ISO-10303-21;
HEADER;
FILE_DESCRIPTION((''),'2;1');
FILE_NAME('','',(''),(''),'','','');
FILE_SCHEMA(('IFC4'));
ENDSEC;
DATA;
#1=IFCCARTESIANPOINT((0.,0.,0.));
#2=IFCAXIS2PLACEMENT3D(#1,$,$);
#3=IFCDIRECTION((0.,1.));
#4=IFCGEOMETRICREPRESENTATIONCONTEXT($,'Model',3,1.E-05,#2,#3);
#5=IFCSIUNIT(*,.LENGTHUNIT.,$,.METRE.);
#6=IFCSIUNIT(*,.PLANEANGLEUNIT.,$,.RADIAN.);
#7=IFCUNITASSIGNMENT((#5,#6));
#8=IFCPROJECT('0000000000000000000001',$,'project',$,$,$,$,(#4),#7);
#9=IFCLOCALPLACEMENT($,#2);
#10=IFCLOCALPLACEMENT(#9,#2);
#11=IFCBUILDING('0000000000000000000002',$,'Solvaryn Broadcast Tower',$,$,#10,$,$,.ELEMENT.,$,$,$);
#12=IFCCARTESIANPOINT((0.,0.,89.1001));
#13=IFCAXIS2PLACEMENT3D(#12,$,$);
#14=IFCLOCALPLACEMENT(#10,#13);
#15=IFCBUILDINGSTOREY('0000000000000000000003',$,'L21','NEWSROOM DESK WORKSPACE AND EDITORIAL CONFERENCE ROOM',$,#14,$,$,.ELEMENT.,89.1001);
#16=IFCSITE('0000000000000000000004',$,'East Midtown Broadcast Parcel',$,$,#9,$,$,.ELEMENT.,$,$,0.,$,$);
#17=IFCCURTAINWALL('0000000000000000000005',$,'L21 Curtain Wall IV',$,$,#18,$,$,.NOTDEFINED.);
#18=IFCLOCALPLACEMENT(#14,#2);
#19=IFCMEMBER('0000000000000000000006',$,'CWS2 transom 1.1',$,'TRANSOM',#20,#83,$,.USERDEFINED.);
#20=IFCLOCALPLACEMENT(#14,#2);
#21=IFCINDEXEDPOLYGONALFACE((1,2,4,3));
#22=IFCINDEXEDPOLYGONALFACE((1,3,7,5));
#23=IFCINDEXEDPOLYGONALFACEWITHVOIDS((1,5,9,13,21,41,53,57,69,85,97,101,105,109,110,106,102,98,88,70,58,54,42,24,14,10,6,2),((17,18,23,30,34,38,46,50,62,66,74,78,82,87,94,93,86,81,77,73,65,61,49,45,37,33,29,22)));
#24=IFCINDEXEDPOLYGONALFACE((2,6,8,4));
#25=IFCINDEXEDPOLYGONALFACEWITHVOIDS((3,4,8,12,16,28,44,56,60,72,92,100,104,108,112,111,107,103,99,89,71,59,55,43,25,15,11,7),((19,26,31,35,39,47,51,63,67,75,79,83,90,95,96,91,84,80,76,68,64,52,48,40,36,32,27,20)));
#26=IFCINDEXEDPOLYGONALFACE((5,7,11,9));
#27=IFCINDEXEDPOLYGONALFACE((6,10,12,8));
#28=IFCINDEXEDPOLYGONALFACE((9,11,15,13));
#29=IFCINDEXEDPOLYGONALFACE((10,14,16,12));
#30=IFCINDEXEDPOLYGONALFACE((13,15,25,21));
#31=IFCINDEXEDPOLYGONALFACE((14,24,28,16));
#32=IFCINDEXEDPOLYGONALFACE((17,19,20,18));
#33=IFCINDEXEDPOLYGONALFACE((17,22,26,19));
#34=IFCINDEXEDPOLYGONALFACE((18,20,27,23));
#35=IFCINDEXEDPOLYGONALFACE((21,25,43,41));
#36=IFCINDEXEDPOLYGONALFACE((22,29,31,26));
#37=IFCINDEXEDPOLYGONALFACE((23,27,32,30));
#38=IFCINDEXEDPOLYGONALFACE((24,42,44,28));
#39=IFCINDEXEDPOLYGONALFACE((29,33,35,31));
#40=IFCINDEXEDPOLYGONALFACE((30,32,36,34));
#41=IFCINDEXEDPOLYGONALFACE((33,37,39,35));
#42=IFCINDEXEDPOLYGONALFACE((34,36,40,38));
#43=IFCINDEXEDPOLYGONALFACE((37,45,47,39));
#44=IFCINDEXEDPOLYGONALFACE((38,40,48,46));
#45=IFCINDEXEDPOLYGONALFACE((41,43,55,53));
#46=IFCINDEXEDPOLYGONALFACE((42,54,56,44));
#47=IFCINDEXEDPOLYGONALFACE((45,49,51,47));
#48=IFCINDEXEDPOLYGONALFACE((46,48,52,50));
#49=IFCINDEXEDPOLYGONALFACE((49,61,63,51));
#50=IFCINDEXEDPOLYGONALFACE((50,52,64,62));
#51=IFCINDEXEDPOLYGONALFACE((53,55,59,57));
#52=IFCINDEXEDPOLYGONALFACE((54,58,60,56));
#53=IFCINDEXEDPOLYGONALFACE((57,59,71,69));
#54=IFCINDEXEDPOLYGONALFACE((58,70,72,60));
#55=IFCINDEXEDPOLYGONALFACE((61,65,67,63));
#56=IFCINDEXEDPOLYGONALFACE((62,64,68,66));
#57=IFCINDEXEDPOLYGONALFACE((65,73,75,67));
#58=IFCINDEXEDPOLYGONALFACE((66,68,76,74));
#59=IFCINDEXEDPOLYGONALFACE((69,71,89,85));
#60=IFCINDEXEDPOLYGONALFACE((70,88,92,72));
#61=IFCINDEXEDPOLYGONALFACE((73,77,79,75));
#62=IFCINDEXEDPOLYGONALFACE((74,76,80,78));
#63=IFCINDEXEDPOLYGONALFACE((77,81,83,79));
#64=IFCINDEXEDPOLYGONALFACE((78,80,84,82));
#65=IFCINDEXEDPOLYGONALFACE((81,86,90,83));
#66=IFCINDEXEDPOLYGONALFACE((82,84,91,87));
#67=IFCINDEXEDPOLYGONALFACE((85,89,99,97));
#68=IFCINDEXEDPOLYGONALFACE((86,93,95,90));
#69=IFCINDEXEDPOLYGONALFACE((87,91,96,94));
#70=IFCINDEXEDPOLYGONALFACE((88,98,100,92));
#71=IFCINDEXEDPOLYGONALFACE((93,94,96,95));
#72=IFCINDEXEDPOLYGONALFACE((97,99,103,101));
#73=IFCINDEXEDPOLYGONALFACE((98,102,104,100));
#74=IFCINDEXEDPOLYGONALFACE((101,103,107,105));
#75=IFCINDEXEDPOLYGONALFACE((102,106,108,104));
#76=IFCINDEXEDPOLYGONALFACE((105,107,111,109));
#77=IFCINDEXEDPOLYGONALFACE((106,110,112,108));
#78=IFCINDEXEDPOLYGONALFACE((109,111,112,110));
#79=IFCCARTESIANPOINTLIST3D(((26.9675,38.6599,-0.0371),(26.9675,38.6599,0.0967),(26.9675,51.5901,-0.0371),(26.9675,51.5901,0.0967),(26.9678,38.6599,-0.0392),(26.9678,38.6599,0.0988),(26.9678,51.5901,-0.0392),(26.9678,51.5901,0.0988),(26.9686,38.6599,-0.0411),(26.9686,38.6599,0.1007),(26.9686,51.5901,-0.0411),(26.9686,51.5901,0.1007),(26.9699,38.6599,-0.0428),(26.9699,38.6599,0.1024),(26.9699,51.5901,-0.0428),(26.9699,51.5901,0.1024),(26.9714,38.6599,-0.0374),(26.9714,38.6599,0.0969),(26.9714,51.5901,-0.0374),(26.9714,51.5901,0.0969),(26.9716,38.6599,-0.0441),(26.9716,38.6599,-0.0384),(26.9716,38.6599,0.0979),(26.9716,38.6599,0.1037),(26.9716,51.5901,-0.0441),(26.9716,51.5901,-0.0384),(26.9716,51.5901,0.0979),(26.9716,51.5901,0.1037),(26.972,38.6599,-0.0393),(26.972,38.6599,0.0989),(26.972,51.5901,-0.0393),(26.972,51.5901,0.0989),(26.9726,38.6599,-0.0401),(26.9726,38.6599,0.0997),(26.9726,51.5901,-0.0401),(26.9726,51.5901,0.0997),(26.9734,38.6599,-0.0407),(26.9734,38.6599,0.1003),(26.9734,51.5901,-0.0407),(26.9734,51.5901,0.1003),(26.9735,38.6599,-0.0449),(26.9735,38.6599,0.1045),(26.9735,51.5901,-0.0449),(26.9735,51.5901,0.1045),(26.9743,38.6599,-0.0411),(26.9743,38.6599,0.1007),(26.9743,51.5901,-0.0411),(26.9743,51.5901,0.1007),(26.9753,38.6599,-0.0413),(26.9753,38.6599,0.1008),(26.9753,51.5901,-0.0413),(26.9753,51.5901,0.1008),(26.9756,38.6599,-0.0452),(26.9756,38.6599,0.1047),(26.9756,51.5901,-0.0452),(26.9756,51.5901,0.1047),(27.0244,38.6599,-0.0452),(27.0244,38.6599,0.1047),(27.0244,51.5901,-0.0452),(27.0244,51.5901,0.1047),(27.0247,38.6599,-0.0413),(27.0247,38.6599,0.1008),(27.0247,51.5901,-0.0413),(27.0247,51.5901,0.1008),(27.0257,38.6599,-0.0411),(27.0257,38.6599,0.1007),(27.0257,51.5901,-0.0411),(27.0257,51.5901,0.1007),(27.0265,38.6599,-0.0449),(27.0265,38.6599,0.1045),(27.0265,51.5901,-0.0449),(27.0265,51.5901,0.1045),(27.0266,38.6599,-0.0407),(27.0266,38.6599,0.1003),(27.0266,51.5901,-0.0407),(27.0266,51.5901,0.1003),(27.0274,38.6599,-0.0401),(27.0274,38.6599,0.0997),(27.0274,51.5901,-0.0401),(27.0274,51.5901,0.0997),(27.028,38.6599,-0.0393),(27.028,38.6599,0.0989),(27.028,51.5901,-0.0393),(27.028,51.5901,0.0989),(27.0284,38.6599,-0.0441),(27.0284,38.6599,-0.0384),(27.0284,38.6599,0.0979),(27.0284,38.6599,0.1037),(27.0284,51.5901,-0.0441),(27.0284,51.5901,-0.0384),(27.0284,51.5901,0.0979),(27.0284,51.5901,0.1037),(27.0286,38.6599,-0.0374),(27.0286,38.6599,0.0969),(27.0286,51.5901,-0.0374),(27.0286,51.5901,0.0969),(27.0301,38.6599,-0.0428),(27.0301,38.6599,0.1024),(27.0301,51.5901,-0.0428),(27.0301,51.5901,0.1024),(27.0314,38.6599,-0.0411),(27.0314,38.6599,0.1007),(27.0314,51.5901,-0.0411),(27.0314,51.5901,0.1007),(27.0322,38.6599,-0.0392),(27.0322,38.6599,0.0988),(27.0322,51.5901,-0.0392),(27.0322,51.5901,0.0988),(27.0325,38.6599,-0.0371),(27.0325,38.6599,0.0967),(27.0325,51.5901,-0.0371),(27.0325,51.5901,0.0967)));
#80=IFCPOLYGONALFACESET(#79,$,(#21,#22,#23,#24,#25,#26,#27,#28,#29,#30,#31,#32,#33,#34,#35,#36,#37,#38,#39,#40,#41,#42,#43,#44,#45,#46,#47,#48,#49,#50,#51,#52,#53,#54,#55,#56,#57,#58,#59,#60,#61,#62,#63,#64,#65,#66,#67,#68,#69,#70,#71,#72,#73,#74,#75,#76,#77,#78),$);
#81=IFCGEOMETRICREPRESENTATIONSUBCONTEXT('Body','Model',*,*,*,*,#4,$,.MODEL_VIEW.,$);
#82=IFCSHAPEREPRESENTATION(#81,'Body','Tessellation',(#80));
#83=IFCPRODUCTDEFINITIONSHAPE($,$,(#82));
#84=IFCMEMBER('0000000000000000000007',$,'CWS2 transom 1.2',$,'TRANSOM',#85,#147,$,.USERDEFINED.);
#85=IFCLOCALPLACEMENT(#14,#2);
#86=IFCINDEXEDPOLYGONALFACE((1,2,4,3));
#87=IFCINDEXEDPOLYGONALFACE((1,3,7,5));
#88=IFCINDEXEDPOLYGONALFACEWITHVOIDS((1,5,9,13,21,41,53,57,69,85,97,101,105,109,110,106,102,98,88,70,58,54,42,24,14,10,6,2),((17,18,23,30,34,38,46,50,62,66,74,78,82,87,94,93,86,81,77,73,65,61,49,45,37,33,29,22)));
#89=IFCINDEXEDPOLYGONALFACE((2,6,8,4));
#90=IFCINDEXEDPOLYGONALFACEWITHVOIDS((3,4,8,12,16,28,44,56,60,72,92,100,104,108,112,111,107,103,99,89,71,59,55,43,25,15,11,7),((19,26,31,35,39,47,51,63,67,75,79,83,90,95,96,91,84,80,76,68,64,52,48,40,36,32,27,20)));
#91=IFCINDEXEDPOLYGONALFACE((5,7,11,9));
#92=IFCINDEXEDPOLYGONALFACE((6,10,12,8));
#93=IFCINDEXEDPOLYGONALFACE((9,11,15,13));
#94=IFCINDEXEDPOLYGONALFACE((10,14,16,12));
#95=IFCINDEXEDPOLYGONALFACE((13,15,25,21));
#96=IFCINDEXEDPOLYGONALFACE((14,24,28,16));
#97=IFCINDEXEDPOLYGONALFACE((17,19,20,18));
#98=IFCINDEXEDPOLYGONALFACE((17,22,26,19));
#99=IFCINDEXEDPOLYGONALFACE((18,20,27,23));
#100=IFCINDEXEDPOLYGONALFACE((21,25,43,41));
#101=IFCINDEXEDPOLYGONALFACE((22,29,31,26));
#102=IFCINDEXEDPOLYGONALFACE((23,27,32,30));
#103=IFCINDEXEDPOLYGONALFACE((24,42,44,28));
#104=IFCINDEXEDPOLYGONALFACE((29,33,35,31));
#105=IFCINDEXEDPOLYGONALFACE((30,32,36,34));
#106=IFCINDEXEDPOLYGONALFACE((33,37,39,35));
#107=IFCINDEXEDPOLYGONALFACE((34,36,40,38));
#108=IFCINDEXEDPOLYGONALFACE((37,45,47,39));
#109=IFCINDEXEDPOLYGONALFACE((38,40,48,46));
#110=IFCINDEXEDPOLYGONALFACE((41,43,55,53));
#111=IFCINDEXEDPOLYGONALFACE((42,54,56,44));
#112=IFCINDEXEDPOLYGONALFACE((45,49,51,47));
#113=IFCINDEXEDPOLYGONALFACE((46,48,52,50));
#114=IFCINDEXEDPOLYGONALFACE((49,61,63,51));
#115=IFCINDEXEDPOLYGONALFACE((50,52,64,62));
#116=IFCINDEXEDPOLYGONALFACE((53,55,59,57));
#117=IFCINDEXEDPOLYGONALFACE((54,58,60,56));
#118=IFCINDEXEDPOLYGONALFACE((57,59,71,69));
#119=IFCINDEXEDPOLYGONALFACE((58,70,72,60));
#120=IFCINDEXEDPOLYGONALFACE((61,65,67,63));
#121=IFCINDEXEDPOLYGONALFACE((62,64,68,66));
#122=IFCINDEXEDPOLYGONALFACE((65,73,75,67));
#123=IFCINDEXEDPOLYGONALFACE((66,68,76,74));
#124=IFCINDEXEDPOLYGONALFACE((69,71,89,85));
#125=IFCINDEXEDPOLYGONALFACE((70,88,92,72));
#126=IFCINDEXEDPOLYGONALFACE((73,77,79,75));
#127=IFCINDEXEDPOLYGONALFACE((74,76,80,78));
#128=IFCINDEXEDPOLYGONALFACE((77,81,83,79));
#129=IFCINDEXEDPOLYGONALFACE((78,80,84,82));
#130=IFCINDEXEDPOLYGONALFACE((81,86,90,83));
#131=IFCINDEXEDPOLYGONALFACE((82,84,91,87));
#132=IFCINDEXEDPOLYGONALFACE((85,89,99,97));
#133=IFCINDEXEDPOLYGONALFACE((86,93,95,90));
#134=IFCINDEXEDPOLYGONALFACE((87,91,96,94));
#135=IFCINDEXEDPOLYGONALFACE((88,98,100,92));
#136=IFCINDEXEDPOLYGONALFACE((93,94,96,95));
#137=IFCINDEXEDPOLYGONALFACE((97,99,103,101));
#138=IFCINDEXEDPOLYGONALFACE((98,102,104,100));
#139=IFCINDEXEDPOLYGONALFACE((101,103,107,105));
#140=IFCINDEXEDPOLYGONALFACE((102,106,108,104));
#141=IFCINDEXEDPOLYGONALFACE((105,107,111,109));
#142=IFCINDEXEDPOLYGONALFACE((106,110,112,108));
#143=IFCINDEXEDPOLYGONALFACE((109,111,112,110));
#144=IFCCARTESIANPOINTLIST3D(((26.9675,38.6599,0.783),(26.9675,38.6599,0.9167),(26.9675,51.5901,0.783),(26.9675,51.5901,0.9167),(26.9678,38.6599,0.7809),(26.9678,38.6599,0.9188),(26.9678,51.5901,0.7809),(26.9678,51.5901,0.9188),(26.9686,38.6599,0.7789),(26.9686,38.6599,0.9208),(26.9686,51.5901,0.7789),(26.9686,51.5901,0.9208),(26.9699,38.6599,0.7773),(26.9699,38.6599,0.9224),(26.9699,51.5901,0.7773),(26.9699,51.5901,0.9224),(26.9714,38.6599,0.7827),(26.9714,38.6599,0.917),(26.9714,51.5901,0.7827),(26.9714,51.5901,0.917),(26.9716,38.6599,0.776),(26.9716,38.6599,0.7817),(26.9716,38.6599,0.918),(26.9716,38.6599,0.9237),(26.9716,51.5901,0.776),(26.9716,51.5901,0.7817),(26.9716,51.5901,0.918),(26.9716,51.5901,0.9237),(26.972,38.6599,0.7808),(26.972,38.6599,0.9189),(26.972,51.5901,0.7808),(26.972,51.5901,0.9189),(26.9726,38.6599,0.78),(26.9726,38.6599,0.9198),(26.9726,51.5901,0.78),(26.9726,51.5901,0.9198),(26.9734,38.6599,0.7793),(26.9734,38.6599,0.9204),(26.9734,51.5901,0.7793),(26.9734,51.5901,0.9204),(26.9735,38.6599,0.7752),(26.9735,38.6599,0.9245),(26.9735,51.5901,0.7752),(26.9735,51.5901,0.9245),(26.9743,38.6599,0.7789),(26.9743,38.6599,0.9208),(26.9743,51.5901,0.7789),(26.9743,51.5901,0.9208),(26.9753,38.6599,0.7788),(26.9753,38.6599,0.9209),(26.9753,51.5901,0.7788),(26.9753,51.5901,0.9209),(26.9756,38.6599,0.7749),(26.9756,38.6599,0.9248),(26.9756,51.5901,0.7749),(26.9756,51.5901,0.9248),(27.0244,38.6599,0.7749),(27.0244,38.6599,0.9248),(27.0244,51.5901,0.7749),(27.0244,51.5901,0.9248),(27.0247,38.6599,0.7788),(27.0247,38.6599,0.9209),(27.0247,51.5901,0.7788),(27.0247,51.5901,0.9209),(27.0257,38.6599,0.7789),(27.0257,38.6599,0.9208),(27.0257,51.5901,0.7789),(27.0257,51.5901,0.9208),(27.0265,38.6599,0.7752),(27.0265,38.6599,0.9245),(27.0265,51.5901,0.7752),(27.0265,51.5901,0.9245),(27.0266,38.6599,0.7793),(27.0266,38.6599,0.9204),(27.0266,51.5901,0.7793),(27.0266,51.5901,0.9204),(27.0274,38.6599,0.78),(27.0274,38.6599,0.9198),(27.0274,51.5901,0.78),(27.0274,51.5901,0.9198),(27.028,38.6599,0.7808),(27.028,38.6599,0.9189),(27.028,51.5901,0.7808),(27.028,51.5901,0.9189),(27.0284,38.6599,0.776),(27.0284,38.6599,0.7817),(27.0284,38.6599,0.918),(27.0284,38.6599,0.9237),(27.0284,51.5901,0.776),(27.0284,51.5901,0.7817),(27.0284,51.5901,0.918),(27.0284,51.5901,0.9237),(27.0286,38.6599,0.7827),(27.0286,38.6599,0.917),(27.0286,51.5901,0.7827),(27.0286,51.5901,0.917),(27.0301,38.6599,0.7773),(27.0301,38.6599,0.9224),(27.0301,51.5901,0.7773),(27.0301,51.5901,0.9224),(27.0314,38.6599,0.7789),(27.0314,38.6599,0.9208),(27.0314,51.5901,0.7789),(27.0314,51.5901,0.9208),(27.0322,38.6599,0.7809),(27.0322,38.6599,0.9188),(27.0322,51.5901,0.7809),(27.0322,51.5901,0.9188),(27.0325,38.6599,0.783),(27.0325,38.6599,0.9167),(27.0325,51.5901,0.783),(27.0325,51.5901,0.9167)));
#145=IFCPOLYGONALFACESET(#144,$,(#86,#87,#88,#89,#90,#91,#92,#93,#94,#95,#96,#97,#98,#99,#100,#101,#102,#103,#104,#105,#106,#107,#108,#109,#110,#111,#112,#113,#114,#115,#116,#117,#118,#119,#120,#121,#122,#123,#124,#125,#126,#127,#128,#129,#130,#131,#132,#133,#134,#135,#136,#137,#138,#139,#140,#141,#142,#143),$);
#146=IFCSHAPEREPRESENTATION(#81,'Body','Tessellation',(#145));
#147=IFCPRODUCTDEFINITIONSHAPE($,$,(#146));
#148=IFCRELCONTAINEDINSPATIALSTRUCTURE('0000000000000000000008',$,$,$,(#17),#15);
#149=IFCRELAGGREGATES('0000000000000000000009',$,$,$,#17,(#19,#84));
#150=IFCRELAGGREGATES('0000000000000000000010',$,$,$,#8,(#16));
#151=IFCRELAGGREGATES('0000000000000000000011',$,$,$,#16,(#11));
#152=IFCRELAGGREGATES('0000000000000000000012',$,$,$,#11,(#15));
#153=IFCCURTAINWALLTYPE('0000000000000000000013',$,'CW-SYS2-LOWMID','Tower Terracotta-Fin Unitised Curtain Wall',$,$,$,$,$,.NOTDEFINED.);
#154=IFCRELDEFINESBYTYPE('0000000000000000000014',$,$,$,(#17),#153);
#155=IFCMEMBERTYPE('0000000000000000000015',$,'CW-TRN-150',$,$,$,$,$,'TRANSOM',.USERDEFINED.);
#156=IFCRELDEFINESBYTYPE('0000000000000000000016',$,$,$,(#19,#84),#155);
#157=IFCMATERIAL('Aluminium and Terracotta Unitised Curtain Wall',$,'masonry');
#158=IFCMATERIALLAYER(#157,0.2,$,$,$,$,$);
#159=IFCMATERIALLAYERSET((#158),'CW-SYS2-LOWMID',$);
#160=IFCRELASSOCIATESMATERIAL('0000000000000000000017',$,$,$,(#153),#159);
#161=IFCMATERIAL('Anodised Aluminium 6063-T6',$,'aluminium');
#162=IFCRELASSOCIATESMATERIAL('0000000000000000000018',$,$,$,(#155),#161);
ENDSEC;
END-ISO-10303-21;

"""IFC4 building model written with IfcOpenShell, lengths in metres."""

from ifc_helpers import new_model, si_unit, direction, frame, origin, origin_2d, place, context, subcontext, project, spatial, hollow_rectangle, extrude, material, layer, layer_set, material_profile, profile_set, type_object, element, aggregate, save


model = new_model("IFC4")

# Units and contexts
model_context = context("Model", 3, precision=1e-05, world=origin(), true_north=direction((0.0, 1.0)))
body_context = subcontext(model_context, "Body", "Model", "MODEL_VIEW")
ifc_project = project(units=[si_unit("LENGTHUNIT", "METRE"), si_unit("PLANEANGLEUNIT", "RADIAN")], contexts=[model_context])

# Site, building, storey
site_placement = place(None, origin())
site = spatial("IfcSite", under=ifc_project, at=site_placement, Name="East Midtown Broadcast Parcel", CompositionType="ELEMENT", RefElevation=0.0)
building_placement = place(site_placement, origin())
building = spatial("IfcBuilding", under=site, at=building_placement, Name="Solvaryn Broadcast Tower", CompositionType="ELEMENT")
storey_placement = place(building_placement, frame((0.0, 0.0, 89.1001)))
storey = spatial("IfcBuildingStorey", under=building, at=storey_placement, Name="L21", Description="NEWSROOM DESK WORKSPACE AND EDITORIAL CONFERENCE ROOM", CompositionType="ELEMENT", Elevation=89.1001)

# Curtain wall
ifc_material_1 = material(Name="Aluminium and Terracotta Unitised Curtain Wall", Category="masonry")
ifc_layer_1 = layer(ifc_material_1, 0.2)
ifc_layer_set_1 = layer_set([ifc_layer_1], Name="CW-SYS2-LOWMID")
curtain_wall_type = type_object("IfcCurtainWallType", Name="CW-SYS2-LOWMID", Description="Tower Terracotta-Fin Unitised Curtain Wall", PredefinedType="NOTDEFINED", material=ifc_layer_set_1)
curtain_wall_1_placement = place(storey_placement, origin())
curtain_wall_1 = element("IfcCurtainWall", 1, at=curtain_wall_1_placement, inside=storey, type_object=curtain_wall_type, Name="L21 Curtain Wall IV", PredefinedType="NOTDEFINED")

# Members
ifc_material_2 = material(Name="Anodised Aluminium 6063-T6", Category="aluminium")
ifc_material_profile_1 = material_profile(ifc_material_2, hollow_rectangle(XDim=0.0649, YDim=0.1499, WallThickness=0.0039, InnerFilletRadius=0.0039, OuterFilletRadius=0.0081, at=origin_2d()))
ifc_profile_set_1 = profile_set([ifc_material_profile_1], Name="Anodised Aluminium 6063-T6")
member_type_1 = type_object("IfcMemberType", Name="CW-TRN-150", ElementType="TRANSOM", PredefinedType="USERDEFINED", material=ifc_profile_set_1)
member_1_placement = place(storey_placement, frame((27.0, 51.5901, 0.0298), z_axis=(0.0, -1.0, 0.0), x_axis=(1.0, 0.0, 0.0)))
member_1 = element("IfcMember", 2, at=member_1_placement, type_object=member_type_1, Name="CWS2 transom 1.1", ObjectType="TRANSOM", PredefinedType="USERDEFINED", context=body_context, shape_type="SweptSolid", body=[
    extrude(hollow_rectangle(XDim=0.0649, YDim=0.1499, WallThickness=0.0039, InnerFilletRadius=0.0039, OuterFilletRadius=0.0081, at=origin_2d()), origin(), (0.0, 0.0, 1.0), 12.9302),
])
member_2_placement = place(storey_placement, frame((27.0, 51.5901, 0.8499), z_axis=(0.0, -1.0, 0.0), x_axis=(1.0, 0.0, 0.0)))
member_2 = element("IfcMember", 3, at=member_2_placement, type_object=member_type_1, Name="CWS2 transom 1.2", ObjectType="TRANSOM", PredefinedType="USERDEFINED", context=body_context, shape_type="SweptSolid", body=[
    extrude(hollow_rectangle(XDim=0.0649, YDim=0.1499, WallThickness=0.0039, InnerFilletRadius=0.0039, OuterFilletRadius=0.0081, at=origin_2d()), origin(), (0.0, 0.0, 1.0), 12.9302),
])

aggregate(curtain_wall_1, [member_1, member_2])

save(model, "model.ifc")
